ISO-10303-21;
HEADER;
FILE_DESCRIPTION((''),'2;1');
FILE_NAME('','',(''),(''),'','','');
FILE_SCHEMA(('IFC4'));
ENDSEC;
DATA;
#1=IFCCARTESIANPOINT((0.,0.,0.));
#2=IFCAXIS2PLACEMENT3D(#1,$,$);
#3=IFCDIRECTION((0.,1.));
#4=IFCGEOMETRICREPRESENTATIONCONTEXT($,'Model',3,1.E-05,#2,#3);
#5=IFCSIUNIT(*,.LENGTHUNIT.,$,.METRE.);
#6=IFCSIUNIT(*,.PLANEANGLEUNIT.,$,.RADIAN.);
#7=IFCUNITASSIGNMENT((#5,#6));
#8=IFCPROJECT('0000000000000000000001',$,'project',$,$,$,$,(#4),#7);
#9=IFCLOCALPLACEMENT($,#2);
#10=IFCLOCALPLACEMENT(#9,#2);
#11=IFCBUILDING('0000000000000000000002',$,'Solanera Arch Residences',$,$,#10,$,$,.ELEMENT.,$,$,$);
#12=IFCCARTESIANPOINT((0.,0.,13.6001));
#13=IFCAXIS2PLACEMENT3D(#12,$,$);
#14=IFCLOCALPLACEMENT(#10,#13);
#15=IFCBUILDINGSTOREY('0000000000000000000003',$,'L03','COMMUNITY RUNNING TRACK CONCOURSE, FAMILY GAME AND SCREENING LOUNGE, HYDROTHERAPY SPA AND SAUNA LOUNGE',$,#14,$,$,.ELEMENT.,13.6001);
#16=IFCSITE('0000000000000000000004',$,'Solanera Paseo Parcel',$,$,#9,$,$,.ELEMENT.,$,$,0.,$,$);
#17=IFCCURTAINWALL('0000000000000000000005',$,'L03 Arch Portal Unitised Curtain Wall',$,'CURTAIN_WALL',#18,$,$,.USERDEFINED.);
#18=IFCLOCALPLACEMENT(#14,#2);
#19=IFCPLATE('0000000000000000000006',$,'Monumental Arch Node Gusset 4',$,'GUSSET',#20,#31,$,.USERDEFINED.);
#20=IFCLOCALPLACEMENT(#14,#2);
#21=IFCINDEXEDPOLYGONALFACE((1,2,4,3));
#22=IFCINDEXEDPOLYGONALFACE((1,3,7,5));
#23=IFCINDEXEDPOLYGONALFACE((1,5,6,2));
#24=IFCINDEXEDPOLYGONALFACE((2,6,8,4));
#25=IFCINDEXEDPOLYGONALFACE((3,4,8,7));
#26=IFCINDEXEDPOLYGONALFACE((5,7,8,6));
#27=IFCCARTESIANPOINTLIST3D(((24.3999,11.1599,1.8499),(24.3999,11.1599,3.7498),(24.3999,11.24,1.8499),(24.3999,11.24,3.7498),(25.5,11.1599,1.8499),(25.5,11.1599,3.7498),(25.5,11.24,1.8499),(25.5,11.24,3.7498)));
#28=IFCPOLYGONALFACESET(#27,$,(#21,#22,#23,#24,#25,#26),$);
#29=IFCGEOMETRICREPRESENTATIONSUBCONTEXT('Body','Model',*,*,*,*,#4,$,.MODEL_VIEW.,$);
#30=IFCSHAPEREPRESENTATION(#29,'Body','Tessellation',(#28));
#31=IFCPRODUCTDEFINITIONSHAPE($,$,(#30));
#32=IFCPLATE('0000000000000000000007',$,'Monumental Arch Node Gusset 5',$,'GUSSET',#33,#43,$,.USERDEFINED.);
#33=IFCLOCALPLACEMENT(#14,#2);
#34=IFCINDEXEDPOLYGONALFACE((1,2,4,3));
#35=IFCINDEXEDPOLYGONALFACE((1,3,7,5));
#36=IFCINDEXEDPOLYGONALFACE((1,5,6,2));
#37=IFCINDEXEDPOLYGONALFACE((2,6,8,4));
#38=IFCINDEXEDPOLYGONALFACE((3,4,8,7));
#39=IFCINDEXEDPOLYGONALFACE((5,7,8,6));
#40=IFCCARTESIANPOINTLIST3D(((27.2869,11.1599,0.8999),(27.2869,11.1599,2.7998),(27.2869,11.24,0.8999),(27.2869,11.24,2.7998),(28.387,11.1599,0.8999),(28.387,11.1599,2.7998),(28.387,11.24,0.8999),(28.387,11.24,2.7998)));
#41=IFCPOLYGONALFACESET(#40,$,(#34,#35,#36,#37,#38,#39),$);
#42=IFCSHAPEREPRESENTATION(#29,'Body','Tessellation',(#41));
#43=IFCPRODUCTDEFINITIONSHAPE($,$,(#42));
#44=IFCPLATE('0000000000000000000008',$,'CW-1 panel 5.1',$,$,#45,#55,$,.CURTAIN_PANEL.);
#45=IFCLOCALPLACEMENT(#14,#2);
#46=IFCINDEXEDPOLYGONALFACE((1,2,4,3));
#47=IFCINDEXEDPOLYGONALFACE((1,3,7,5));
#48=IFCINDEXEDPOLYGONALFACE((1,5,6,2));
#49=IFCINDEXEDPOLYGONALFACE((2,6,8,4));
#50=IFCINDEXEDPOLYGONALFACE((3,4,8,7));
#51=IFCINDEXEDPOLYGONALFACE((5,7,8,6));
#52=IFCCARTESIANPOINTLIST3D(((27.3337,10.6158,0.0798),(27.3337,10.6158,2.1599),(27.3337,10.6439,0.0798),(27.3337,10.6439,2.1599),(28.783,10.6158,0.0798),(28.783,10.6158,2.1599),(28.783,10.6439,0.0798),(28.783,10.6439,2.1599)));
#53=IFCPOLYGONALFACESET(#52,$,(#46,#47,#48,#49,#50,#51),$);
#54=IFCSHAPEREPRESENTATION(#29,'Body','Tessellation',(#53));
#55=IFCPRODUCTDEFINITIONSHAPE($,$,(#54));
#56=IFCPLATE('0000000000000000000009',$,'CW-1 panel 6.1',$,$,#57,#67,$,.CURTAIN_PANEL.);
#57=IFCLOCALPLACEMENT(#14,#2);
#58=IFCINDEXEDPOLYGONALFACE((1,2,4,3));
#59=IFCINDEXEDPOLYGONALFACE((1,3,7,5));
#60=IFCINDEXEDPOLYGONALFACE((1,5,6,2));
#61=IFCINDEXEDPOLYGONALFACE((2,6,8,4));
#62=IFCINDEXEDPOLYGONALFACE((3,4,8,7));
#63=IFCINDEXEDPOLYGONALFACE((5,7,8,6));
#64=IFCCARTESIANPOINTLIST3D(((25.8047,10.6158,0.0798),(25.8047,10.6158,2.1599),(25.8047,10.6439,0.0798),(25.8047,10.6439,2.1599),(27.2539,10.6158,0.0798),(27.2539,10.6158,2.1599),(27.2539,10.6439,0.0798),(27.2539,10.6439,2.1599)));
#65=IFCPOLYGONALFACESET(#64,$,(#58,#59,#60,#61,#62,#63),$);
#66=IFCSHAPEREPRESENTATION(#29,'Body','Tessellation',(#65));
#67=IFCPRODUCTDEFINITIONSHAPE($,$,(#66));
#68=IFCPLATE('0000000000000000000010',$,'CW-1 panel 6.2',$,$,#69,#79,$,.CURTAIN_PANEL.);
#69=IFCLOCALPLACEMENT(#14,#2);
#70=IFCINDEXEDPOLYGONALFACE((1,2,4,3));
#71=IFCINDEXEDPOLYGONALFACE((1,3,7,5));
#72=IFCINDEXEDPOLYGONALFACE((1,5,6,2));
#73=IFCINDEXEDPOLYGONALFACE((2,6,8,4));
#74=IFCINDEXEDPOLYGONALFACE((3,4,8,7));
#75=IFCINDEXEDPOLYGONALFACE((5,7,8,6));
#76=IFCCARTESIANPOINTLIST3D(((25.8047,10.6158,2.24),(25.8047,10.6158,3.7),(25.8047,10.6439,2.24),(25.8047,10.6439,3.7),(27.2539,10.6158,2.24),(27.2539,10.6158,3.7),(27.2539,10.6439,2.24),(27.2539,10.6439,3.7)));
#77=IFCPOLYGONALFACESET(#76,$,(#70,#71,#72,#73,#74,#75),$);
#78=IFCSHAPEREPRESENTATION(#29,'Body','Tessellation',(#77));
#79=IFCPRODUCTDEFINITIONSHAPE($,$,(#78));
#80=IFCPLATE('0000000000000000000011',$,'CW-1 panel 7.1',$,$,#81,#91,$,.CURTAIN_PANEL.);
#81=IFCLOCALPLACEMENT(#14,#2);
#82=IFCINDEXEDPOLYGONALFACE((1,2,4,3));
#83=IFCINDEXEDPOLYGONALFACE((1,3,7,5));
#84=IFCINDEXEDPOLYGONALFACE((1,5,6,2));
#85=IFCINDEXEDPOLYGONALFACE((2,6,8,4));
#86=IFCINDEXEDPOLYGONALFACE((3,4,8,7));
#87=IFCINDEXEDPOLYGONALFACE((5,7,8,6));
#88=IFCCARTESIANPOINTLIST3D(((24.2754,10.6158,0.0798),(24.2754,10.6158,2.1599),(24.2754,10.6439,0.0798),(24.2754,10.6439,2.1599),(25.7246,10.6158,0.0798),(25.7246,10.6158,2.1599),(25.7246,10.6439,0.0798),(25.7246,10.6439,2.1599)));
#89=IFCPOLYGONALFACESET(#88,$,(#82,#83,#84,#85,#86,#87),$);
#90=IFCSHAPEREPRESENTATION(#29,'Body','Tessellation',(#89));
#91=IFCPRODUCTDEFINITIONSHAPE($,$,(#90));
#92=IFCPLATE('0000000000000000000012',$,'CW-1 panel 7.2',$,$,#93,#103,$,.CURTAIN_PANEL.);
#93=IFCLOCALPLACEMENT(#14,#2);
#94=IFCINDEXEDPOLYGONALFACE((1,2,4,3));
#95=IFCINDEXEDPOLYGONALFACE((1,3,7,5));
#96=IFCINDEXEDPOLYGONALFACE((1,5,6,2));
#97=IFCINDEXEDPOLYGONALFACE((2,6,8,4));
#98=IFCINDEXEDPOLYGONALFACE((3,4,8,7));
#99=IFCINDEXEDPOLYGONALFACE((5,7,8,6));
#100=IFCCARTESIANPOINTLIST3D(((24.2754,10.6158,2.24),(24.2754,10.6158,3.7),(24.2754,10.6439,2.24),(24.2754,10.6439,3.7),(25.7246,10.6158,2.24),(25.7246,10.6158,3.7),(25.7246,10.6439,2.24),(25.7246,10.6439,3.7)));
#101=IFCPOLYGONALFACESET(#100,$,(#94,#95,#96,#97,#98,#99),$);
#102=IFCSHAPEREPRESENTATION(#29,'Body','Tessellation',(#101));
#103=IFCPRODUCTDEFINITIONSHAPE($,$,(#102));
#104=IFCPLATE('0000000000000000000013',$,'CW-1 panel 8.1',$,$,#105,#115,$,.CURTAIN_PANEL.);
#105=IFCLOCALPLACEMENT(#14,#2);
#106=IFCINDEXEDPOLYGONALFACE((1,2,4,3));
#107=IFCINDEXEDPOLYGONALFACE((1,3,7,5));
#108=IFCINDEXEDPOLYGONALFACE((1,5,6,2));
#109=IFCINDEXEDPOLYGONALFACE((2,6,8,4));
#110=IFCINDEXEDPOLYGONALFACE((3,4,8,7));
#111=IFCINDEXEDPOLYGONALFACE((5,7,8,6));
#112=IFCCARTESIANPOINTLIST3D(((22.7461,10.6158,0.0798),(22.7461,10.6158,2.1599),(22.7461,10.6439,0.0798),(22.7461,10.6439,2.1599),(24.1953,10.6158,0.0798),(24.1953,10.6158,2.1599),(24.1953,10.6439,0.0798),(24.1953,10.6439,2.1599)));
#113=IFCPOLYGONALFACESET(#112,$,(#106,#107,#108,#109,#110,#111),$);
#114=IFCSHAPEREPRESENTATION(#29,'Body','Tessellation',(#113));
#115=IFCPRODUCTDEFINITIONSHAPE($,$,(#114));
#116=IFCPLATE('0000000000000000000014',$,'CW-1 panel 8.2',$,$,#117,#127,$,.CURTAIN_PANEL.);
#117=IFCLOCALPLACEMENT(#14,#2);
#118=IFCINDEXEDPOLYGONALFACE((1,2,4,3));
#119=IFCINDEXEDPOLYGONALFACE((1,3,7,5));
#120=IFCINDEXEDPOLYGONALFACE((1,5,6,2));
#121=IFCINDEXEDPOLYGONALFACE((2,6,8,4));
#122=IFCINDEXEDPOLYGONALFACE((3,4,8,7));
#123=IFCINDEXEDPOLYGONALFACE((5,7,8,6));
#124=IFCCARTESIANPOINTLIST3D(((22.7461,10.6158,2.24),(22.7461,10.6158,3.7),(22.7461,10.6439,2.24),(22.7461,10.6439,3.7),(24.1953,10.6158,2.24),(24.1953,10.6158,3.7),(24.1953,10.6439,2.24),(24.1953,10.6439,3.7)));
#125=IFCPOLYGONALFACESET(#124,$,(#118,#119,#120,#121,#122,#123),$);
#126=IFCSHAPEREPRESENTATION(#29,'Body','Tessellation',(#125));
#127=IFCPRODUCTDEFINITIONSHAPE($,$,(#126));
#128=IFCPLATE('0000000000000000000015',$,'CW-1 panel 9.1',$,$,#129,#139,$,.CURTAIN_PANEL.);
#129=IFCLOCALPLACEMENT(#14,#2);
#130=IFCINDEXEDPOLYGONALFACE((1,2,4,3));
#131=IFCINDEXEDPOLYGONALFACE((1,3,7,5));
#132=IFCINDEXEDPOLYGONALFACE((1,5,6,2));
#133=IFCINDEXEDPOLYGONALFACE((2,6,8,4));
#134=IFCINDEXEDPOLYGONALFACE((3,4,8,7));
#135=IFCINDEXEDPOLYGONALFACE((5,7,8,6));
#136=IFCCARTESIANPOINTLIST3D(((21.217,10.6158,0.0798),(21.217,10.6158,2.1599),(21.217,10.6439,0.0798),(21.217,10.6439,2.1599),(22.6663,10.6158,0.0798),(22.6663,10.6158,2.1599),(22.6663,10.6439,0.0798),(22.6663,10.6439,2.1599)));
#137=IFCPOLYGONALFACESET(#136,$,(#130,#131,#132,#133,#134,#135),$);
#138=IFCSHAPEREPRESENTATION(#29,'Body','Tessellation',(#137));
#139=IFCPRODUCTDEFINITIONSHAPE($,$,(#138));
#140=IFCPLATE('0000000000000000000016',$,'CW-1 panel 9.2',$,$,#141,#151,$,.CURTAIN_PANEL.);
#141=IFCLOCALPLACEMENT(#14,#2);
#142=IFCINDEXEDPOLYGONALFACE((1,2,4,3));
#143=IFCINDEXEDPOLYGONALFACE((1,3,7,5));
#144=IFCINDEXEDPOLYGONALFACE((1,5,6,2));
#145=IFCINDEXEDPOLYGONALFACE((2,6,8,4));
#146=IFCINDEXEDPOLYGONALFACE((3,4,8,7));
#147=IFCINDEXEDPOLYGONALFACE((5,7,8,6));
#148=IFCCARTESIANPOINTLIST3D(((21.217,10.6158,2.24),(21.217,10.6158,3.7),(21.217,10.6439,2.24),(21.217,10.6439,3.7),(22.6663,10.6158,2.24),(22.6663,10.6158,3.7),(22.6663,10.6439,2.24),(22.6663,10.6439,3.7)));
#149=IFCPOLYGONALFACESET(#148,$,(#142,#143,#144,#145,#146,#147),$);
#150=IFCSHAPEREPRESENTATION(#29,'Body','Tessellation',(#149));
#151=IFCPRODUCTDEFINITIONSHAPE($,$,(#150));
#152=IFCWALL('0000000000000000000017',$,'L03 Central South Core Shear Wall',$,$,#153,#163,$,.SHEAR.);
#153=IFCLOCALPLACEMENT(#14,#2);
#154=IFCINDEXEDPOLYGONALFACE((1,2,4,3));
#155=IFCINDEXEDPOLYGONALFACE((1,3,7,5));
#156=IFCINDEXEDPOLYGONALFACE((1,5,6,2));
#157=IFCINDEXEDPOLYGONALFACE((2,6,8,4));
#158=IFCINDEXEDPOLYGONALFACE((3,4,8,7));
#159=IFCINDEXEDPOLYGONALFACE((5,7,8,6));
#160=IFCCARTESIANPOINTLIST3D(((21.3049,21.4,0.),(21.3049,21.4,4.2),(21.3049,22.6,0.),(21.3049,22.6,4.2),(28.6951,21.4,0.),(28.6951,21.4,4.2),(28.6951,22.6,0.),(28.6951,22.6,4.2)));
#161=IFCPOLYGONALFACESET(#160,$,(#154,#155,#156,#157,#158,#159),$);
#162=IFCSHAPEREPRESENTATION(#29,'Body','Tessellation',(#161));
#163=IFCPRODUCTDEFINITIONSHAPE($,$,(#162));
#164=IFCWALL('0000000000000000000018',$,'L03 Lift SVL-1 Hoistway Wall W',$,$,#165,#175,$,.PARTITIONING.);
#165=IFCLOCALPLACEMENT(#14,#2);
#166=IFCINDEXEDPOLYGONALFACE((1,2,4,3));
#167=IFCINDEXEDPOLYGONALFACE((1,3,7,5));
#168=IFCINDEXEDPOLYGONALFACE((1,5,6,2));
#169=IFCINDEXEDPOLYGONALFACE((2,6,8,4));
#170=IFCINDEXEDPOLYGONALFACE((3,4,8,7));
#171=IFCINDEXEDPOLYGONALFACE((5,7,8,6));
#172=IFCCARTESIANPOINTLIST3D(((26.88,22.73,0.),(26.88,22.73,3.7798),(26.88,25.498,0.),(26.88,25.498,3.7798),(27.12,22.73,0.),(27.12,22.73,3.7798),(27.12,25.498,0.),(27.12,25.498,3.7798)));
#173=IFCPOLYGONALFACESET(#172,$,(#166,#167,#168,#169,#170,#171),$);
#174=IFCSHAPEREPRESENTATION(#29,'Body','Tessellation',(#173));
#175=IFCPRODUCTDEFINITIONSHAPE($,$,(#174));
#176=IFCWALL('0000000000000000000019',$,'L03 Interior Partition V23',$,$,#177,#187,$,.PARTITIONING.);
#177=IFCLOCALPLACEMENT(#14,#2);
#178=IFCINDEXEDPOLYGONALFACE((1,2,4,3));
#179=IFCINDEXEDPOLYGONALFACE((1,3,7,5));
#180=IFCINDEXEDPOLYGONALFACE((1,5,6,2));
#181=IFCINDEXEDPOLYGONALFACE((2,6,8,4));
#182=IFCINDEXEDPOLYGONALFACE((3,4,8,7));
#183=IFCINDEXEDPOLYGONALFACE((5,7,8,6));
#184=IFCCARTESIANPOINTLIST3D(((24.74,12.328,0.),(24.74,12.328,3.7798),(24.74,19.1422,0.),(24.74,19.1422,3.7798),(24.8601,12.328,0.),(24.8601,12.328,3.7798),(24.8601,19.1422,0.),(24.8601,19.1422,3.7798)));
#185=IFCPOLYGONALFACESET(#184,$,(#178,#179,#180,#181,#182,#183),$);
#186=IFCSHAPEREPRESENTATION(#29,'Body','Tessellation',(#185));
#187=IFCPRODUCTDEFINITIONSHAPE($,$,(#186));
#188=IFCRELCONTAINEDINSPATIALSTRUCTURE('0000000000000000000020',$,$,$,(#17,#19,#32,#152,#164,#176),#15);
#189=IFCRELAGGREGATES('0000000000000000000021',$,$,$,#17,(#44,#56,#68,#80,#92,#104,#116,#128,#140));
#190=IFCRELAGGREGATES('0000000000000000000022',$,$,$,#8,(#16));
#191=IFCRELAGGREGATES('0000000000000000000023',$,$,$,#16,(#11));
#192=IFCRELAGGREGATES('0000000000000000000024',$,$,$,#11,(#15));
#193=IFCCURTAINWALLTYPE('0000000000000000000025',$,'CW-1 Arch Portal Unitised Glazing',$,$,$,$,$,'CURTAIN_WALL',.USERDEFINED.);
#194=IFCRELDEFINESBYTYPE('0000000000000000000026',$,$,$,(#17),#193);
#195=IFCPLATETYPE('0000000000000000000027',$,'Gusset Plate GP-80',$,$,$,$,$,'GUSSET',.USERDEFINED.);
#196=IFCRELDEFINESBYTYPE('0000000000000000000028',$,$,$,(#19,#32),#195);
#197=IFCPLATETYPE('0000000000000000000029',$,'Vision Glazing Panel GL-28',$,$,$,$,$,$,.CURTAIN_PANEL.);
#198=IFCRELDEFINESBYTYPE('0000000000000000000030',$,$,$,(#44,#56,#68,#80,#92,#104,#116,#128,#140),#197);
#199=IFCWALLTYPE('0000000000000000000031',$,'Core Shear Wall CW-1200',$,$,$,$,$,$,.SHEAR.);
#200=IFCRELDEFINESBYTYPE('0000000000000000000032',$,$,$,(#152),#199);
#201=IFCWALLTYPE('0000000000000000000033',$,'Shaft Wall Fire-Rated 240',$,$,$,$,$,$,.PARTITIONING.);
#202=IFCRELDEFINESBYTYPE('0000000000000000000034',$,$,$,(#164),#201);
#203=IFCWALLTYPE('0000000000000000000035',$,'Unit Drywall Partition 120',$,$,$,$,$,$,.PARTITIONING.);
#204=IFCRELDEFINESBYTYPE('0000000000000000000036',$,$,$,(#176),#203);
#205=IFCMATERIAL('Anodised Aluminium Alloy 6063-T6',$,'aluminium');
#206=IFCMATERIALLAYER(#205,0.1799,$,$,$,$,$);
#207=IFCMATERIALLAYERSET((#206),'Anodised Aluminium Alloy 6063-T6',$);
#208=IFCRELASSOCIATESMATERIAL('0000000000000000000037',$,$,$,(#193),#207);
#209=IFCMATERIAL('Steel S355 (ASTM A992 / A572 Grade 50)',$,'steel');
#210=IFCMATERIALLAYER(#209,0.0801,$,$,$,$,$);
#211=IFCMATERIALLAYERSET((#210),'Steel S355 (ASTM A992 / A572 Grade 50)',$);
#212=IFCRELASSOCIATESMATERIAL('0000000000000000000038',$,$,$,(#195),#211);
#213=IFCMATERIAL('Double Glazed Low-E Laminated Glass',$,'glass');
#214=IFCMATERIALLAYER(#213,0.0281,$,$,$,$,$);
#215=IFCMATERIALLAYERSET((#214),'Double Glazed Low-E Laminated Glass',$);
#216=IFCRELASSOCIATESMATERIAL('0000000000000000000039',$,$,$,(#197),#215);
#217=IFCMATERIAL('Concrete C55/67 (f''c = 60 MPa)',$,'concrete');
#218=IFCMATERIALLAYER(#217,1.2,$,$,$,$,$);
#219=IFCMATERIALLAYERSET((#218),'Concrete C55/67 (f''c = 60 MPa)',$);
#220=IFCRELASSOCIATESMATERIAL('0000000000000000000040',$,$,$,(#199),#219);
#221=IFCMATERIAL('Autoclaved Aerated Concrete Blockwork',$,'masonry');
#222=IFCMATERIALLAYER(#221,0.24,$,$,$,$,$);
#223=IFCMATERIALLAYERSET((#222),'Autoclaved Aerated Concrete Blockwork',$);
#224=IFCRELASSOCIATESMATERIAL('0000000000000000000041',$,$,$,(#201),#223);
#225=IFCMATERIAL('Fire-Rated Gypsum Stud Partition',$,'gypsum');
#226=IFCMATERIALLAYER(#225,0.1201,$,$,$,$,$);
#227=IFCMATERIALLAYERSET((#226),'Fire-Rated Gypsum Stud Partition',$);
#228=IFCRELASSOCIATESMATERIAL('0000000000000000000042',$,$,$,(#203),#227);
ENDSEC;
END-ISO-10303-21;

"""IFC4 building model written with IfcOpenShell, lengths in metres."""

from ifc_helpers import new_model, si_unit, direction, frame, frame_2d, origin, origin_2d, place, context, subcontext, project, spatial, rectangle, extrude, material, layer, layer_set, type_object, element, aggregate, save


model = new_model("IFC4")

# Units and contexts
model_context = context("Model", 3, precision=1e-05, world=origin(), true_north=direction((0.0, 1.0)))
body_context = subcontext(model_context, "Body", "Model", "MODEL_VIEW")
ifc_project = project(units=[si_unit("LENGTHUNIT", "METRE"), si_unit("PLANEANGLEUNIT", "RADIAN")], contexts=[model_context])

# Site, building, storey
site_placement = place(None, origin())
site = spatial("IfcSite", under=ifc_project, at=site_placement, Name="Solanera Paseo Parcel", CompositionType="ELEMENT", RefElevation=0.0)
building_placement = place(site_placement, origin())
building = spatial("IfcBuilding", under=site, at=building_placement, Name="Solanera Arch Residences", CompositionType="ELEMENT")
storey_placement = place(building_placement, frame((0.0, 0.0, 13.6001)))
storey = spatial("IfcBuildingStorey", under=building, at=storey_placement, Name="L03", Description="COMMUNITY RUNNING TRACK CONCOURSE, FAMILY GAME AND SCREENING LOUNGE, HYDROTHERAPY SPA AND SAUNA LOUNGE", CompositionType="ELEMENT", Elevation=13.6001)

# Curtain wall
ifc_material_1 = material(Name="Anodised Aluminium Alloy 6063-T6", Category="aluminium")
ifc_layer_1 = layer(ifc_material_1, 0.1799)
ifc_layer_set_1 = layer_set([ifc_layer_1], Name="Anodised Aluminium Alloy 6063-T6")
curtain_wall_type = type_object("IfcCurtainWallType", Name="CW-1 Arch Portal Unitised Glazing", ElementType="CURTAIN_WALL", PredefinedType="USERDEFINED", material=ifc_layer_set_1)
curtain_wall_placement = place(storey_placement, origin())
curtain_wall = element("IfcCurtainWall", 1, at=curtain_wall_placement, inside=storey, type_object=curtain_wall_type, Name="L03 Arch Portal Unitised Curtain Wall", ObjectType="CURTAIN_WALL", PredefinedType="USERDEFINED")

# Plates
ifc_material_2 = material(Name="Steel S355 (ASTM A992 / A572 Grade 50)", Category="steel")
ifc_layer_2 = layer(ifc_material_2, 0.0801)
ifc_layer_set_2 = layer_set([ifc_layer_2], Name="Steel S355 (ASTM A992 / A572 Grade 50)")
plate_type_1 = type_object("IfcPlateType", Name="Gusset Plate GP-80", ElementType="GUSSET", PredefinedType="USERDEFINED", material=ifc_layer_set_2)
for number, where, z_axis, x_axis, name in (
    (2, (24.95, 11.2, 1.8499), (0.0, 0.0, 1.0), (1.0, 0.0, 0.0), "Monumental Arch Node Gusset 4"),
    (3, (27.8369, 11.2, 0.8999), (0.0, 0.0, 1.0), (1.0, 0.0, 0.0), "Monumental Arch Node Gusset 5"),
):
    element("IfcPlate", number, at=place(storey_placement, frame(where, z_axis=z_axis, x_axis=x_axis)), inside=storey, type_object=plate_type_1, Name=name, ObjectType="GUSSET", PredefinedType="USERDEFINED", context=body_context, shape_type="SweptSolid", body=[
        extrude(rectangle(XDim=1.1001, YDim=0.0801, at=origin_2d()), origin(), (0.0, 0.0, 1.0), 1.8999),
    ])

# Plates
ifc_material_3 = material(Name="Double Glazed Low-E Laminated Glass", Category="glass")
ifc_layer_3 = layer(ifc_material_3, 0.0281)
ifc_layer_set_3 = layer_set([ifc_layer_3], Name="Double Glazed Low-E Laminated Glass")
plate_type_2 = type_object("IfcPlateType", Name="Vision Glazing Panel GL-28", PredefinedType="CURTAIN_PANEL", material=ifc_layer_set_3)
plate_1_placement = place(storey_placement, frame((28.0583, 10.6299, 0.0798), z_axis=(0.0, 0.0, 1.0), x_axis=(-1.0, 0.0, 0.0)))
plate_1 = element("IfcPlate", 4, at=plate_1_placement, type_object=plate_type_2, Name="CW-1 panel 5.1", PredefinedType="CURTAIN_PANEL", context=body_context, shape_type="SweptSolid", body=[
    extrude(rectangle(XDim=1.4492, YDim=0.0281, at=origin_2d()), origin(), (0.0, 0.0, 1.0), 2.0801),
])
plate_2_placement = place(storey_placement, frame((26.5293, 10.6299, 0.0798), z_axis=(0.0, 0.0, 1.0), x_axis=(-1.0, 0.0, 0.0)))
plate_2 = element("IfcPlate", 5, at=plate_2_placement, type_object=plate_type_2, Name="CW-1 panel 6.1", PredefinedType="CURTAIN_PANEL", context=body_context, shape_type="SweptSolid", body=[
    extrude(rectangle(XDim=1.4492, YDim=0.0281, at=origin_2d()), origin(), (0.0, 0.0, 1.0), 2.0801),
])
plate_3_placement = place(storey_placement, frame((26.5293, 10.6299, 2.24), z_axis=(0.0, 0.0, 1.0), x_axis=(-1.0, 0.0, 0.0)))
plate_3 = element("IfcPlate", 6, at=plate_3_placement, type_object=plate_type_2, Name="CW-1 panel 6.2", PredefinedType="CURTAIN_PANEL", context=body_context, shape_type="SweptSolid", body=[
    extrude(rectangle(XDim=1.4492, YDim=0.0281, at=origin_2d()), origin(), (0.0, 0.0, 1.0), 1.46),
])
plate_4_placement = place(storey_placement, frame((25.0, 10.6299, 0.0798), z_axis=(0.0, 0.0, 1.0), x_axis=(-1.0, 0.0, 0.0)))
plate_4 = element("IfcPlate", 7, at=plate_4_placement, type_object=plate_type_2, Name="CW-1 panel 7.1", PredefinedType="CURTAIN_PANEL", context=body_context, shape_type="SweptSolid", body=[
    extrude(rectangle(XDim=1.4492, YDim=0.0281, at=origin_2d()), origin(), (0.0, 0.0, 1.0), 2.0801),
])
plate_5_placement = place(storey_placement, frame((25.0, 10.6299, 2.24), z_axis=(0.0, 0.0, 1.0), x_axis=(-1.0, 0.0, 0.0)))
plate_5 = element("IfcPlate", 8, at=plate_5_placement, type_object=plate_type_2, Name="CW-1 panel 7.2", PredefinedType="CURTAIN_PANEL", context=body_context, shape_type="SweptSolid", body=[
    extrude(rectangle(XDim=1.4492, YDim=0.0281, at=origin_2d()), origin(), (0.0, 0.0, 1.0), 1.46),
])
plate_6_placement = place(storey_placement, frame((23.4707, 10.6299, 0.0798), z_axis=(0.0, 0.0, 1.0), x_axis=(-1.0, 0.0, 0.0)))
plate_6 = element("IfcPlate", 9, at=plate_6_placement, type_object=plate_type_2, Name="CW-1 panel 8.1", PredefinedType="CURTAIN_PANEL", context=body_context, shape_type="SweptSolid", body=[
    extrude(rectangle(XDim=1.4492, YDim=0.0281, at=origin_2d()), origin(), (0.0, 0.0, 1.0), 2.0801),
])
plate_7_placement = place(storey_placement, frame((23.4707, 10.6299, 2.24), z_axis=(0.0, 0.0, 1.0), x_axis=(-1.0, 0.0, 0.0)))
plate_7 = element("IfcPlate", 10, at=plate_7_placement, type_object=plate_type_2, Name="CW-1 panel 8.2", PredefinedType="CURTAIN_PANEL", context=body_context, shape_type="SweptSolid", body=[
    extrude(rectangle(XDim=1.4492, YDim=0.0281, at=origin_2d()), origin(), (0.0, 0.0, 1.0), 1.46),
])
plate_8_placement = place(storey_placement, frame((21.9417, 10.6299, 0.0798), z_axis=(0.0, 0.0, 1.0), x_axis=(-1.0, 0.0, 0.0)))
plate_8 = element("IfcPlate", 11, at=plate_8_placement, type_object=plate_type_2, Name="CW-1 panel 9.1", PredefinedType="CURTAIN_PANEL", context=body_context, shape_type="SweptSolid", body=[
    extrude(rectangle(XDim=1.4492, YDim=0.0281, at=origin_2d()), origin(), (0.0, 0.0, 1.0), 2.0801),
])
plate_9_placement = place(storey_placement, frame((21.9417, 10.6299, 2.24), z_axis=(0.0, 0.0, 1.0), x_axis=(-1.0, 0.0, 0.0)))
plate_9 = element("IfcPlate", 12, at=plate_9_placement, type_object=plate_type_2, Name="CW-1 panel 9.2", PredefinedType="CURTAIN_PANEL", context=body_context, shape_type="SweptSolid", body=[
    extrude(rectangle(XDim=1.4492, YDim=0.0281, at=origin_2d()), origin(), (0.0, 0.0, 1.0), 1.46),
])
aggregate(curtain_wall, [plate_1, plate_2, plate_3, plate_4, plate_5, plate_6, plate_7, plate_8, plate_9])

# Walls
ifc_material_4 = material(Name="Concrete C55/67 (f'c = 60 MPa)", Category="concrete")
ifc_layer_4 = layer(ifc_material_4, 1.2)
ifc_layer_set_4 = layer_set([ifc_layer_4], Name="Concrete C55/67 (f'c = 60 MPa)")
wall_type_1 = type_object("IfcWallType", Name="Core Shear Wall CW-1200", PredefinedType="SHEAR", material=ifc_layer_set_4)
wall_1_placement = place(storey_placement, frame((21.3049, 22.0, 0.0), z_axis=(0.0, 0.0, 1.0), x_axis=(1.0, 0.0, 0.0)))
element("IfcWall", 13, at=wall_1_placement, inside=storey, type_object=wall_type_1, Name="L03 Central South Core Shear Wall", PredefinedType="SHEAR", context=body_context, shape_type="SweptSolid", body=[
    extrude(rectangle(XDim=7.3901, YDim=1.2, at=frame_2d((3.6951, 0.0))), origin(), (0.0, 0.0, 1.0), 4.2),
])
ifc_material_5 = material(Name="Autoclaved Aerated Concrete Blockwork", Category="masonry")
ifc_layer_5 = layer(ifc_material_5, 0.24)
ifc_layer_set_5 = layer_set([ifc_layer_5], Name="Autoclaved Aerated Concrete Blockwork")
wall_type_2 = type_object("IfcWallType", Name="Shaft Wall Fire-Rated 240", PredefinedType="PARTITIONING", material=ifc_layer_set_5)
wall_2_placement = place(storey_placement, frame((27.0, 22.73, 0.0), z_axis=(0.0, 0.0, 1.0), x_axis=(0.0, 1.0, 0.0)))
element("IfcWall", 14, at=wall_2_placement, inside=storey, type_object=wall_type_2, Name="L03 Lift SVL-1 Hoistway Wall W", PredefinedType="PARTITIONING", context=body_context, shape_type="SweptSolid", body=[
    extrude(rectangle(XDim=2.7681, YDim=0.24, at=frame_2d((1.384, 0.0))), origin(), (0.0, 0.0, 1.0), 3.7798),
])
ifc_material_6 = material(Name="Fire-Rated Gypsum Stud Partition", Category="gypsum")
ifc_layer_6 = layer(ifc_material_6, 0.1201)
ifc_layer_set_6 = layer_set([ifc_layer_6], Name="Fire-Rated Gypsum Stud Partition")
wall_type_3 = type_object("IfcWallType", Name="Unit Drywall Partition 120", PredefinedType="PARTITIONING", material=ifc_layer_set_6)
wall_3_placement = place(storey_placement, frame((24.8, 12.3279, 0.0), z_axis=(0.0, 0.0, 1.0), x_axis=(0.0, 1.0, 0.0)))
element("IfcWall", 15, at=wall_3_placement, inside=storey, type_object=wall_type_3, Name="L03 Interior Partition V23", PredefinedType="PARTITIONING", context=body_context, shape_type="SweptSolid", body=[
    extrude(rectangle(XDim=6.8142, YDim=0.1201, at=frame_2d((3.4072, 0.0))), origin(), (0.0, 0.0, 1.0), 3.7798),
])

save(model, "model.ifc")
